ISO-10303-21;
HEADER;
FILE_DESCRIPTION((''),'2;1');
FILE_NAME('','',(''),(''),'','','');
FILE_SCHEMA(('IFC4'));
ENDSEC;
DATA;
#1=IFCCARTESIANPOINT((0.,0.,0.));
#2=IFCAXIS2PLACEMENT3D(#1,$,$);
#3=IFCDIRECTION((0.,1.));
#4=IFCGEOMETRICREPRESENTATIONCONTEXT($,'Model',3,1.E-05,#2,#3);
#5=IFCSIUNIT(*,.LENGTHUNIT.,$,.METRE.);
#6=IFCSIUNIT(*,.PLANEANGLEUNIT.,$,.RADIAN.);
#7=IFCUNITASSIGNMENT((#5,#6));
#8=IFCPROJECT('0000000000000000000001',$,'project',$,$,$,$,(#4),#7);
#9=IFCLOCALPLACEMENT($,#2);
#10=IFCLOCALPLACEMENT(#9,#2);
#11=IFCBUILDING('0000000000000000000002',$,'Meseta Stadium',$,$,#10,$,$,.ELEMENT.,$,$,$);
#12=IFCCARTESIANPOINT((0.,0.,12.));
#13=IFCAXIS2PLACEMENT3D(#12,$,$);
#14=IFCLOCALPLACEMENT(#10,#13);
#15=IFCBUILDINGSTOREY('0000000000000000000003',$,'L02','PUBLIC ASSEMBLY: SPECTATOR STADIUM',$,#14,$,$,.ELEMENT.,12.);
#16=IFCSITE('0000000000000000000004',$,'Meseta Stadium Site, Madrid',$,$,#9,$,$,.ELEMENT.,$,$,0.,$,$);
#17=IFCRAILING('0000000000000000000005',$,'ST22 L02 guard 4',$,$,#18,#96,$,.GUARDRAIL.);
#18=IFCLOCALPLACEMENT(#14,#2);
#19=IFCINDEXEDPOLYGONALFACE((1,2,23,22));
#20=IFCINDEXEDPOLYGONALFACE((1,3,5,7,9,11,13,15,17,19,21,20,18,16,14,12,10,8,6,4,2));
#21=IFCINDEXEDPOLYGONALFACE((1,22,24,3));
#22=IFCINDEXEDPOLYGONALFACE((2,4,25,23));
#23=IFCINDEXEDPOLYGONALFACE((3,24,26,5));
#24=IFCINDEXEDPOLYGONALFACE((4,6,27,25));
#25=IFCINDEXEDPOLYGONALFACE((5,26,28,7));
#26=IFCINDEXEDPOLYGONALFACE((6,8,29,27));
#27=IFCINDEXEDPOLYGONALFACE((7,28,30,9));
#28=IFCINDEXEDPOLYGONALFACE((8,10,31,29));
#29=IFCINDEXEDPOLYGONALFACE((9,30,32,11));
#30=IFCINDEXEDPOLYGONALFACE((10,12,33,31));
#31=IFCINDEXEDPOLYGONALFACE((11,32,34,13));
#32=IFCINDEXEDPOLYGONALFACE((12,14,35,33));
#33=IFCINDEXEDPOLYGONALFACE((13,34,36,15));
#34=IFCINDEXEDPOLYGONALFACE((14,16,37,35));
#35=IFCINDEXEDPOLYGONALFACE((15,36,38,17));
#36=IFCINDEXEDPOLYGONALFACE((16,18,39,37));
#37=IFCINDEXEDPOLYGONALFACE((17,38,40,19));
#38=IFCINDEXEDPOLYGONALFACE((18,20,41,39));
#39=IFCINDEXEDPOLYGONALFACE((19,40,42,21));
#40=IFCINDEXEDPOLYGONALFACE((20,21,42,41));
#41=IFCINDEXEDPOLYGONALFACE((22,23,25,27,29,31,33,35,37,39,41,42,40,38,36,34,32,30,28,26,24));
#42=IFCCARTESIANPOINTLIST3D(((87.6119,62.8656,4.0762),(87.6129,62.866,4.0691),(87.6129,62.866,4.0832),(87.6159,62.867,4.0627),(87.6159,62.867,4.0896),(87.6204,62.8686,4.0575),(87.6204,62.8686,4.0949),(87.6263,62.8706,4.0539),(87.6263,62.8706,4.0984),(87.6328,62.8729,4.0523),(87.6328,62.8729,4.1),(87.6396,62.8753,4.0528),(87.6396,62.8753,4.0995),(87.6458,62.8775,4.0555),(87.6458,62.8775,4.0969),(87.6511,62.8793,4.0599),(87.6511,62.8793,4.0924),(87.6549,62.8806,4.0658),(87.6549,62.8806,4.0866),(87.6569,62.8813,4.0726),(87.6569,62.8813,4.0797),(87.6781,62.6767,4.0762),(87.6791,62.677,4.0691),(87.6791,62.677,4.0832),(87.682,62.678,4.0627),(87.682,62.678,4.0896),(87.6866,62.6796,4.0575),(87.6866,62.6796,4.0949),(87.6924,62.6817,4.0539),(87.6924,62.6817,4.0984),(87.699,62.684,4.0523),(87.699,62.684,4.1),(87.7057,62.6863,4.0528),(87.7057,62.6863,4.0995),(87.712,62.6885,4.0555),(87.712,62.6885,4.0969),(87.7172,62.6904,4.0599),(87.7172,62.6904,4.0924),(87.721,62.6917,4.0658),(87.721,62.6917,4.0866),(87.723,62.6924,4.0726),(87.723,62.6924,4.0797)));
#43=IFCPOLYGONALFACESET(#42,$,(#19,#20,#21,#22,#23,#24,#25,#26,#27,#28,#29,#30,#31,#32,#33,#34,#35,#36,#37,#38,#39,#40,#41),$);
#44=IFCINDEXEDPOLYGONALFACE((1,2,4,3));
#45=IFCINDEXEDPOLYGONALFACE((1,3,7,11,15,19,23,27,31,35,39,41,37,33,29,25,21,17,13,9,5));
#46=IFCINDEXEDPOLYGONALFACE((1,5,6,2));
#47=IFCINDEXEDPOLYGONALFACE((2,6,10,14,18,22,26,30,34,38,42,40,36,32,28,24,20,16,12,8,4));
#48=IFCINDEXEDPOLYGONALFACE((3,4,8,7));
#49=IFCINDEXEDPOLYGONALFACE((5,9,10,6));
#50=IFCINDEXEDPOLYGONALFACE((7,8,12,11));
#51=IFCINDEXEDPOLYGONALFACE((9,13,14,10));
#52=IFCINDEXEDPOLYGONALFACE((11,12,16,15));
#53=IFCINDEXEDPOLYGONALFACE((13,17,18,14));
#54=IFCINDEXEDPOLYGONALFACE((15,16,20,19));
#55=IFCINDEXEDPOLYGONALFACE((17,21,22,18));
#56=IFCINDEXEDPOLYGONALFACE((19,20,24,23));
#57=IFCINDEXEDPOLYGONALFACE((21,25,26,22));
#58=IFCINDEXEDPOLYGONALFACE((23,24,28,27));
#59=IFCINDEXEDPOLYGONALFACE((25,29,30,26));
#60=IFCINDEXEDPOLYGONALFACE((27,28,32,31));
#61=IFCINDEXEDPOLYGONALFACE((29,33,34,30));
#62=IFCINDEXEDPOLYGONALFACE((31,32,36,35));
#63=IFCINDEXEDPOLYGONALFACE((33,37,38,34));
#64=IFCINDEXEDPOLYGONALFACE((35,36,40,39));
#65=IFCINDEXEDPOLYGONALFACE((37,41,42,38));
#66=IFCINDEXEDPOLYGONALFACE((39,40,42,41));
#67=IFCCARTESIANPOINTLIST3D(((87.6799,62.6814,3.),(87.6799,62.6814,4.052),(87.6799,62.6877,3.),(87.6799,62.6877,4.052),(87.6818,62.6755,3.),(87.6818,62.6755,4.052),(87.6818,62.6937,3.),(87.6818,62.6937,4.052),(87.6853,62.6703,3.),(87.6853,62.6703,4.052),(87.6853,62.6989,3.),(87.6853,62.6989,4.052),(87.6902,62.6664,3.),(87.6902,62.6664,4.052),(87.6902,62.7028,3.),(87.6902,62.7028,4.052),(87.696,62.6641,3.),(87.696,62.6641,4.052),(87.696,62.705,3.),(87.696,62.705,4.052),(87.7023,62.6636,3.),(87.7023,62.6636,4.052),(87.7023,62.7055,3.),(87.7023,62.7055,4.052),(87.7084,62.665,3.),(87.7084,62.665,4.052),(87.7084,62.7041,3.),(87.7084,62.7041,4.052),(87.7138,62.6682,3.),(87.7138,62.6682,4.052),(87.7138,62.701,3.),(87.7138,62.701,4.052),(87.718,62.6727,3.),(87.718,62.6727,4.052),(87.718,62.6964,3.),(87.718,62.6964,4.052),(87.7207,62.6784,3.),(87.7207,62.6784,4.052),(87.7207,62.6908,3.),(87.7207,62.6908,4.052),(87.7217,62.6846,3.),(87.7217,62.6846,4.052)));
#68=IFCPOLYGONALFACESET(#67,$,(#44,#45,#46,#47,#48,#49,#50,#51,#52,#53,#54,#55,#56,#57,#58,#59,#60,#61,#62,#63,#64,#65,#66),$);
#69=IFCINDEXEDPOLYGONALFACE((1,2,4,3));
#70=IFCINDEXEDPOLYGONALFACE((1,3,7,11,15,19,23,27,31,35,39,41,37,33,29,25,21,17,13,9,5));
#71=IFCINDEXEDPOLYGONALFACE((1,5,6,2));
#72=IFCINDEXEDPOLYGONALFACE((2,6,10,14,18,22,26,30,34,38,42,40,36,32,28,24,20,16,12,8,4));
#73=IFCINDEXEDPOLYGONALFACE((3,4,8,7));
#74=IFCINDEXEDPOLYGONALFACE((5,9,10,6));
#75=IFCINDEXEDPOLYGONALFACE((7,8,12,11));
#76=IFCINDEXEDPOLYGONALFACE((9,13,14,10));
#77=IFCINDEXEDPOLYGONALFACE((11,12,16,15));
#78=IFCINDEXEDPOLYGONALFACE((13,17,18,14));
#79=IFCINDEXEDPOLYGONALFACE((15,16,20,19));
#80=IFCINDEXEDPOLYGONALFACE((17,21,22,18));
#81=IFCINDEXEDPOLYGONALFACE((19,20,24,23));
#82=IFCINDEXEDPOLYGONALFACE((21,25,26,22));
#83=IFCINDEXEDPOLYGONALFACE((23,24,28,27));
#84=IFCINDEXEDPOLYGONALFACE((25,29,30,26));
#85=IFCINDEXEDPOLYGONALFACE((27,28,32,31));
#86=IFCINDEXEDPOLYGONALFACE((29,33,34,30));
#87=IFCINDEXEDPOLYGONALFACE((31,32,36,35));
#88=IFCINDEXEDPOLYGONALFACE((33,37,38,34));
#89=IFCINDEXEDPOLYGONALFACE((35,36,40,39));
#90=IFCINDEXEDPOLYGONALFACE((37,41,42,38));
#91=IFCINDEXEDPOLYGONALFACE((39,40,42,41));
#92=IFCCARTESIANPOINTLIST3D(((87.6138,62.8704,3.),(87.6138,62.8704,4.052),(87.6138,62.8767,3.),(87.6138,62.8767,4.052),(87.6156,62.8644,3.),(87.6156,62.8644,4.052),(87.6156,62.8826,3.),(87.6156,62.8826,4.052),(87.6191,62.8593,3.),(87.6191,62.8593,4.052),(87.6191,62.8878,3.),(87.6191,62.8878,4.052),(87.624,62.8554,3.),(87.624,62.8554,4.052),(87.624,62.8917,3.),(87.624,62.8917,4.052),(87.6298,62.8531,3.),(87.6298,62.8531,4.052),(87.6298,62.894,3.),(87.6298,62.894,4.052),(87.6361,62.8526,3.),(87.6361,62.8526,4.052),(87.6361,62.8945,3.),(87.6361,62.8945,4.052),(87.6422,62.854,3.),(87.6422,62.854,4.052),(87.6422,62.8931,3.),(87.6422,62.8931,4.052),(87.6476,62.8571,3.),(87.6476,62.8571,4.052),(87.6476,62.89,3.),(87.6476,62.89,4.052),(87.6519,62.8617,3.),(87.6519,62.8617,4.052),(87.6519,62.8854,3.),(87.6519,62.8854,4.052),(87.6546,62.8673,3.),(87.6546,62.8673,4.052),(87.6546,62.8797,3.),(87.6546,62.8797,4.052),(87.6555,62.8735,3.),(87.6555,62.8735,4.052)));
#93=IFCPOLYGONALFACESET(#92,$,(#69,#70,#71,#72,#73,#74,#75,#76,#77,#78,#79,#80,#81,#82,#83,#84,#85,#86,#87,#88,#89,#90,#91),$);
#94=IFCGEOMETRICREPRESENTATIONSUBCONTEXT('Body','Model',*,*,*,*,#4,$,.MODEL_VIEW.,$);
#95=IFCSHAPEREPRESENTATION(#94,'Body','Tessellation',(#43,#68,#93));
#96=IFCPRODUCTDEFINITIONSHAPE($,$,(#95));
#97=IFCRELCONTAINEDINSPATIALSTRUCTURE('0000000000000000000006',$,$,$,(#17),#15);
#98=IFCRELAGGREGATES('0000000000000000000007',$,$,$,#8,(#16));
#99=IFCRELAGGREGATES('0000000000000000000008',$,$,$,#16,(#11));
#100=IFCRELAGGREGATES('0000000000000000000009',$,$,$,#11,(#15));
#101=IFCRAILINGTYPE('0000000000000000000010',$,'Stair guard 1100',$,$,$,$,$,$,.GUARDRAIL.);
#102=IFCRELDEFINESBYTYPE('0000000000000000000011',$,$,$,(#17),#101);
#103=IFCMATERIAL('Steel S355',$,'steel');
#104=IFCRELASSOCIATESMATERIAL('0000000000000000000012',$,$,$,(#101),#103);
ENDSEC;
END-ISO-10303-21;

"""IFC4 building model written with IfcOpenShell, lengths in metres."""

from ifc_helpers import new_model, si_unit, direction, frame, origin, origin_2d, place, context, subcontext, project, spatial, circle, extrude, material, type_object, element, save


model = new_model("IFC4")

# Units and contexts
model_context = context("Model", 3, precision=1e-05, world=origin(), true_north=direction((0.0, 1.0)))
body_context = subcontext(model_context, "Body", "Model", "MODEL_VIEW")
ifc_project = project(units=[si_unit("LENGTHUNIT", "METRE"), si_unit("PLANEANGLEUNIT", "RADIAN")], contexts=[model_context])

# Site, building, storey
site_placement = place(None, origin())
site = spatial("IfcSite", under=ifc_project, at=site_placement, Name="Meseta Stadium Site, Madrid", CompositionType="ELEMENT", RefElevation=0.0)
building_placement = place(site_placement, origin())
building = spatial("IfcBuilding", under=site, at=building_placement, Name="Meseta Stadium", CompositionType="ELEMENT")
storey_placement = place(building_placement, frame((0.0, 0.0, 12.0)))
storey = spatial("IfcBuildingStorey", under=building, at=storey_placement, Name="L02", Description="PUBLIC ASSEMBLY: SPECTATOR STADIUM", CompositionType="ELEMENT", Elevation=12.0)

# Railing
ifc_material_1 = material(Name="Steel S355", Category="steel")
railing_type_1 = type_object("IfcRailingType", Name="Stair guard 1100", PredefinedType="GUARDRAIL", material=ifc_material_1)
railing_1_placement = place(storey_placement, frame((87.7007, 62.6846, 3.0)))
element("IfcRailing", 1, at=railing_1_placement, inside=storey, type_object=railing_type_1, Name="ST22 L02 guard 4", PredefinedType="GUARDRAIL", context=body_context, shape_type="SweptSolid", body=[
    extrude(circle(Radius=0.0239, at=origin_2d()), frame((0.0, 0.0, 1.0762), z_axis=(-0.330459, 0.94382, 0.0), x_axis=(-0.94382, -0.330459, 0.0)), (0.0, 0.0, 1.0), 0.2002),
    extrude(circle(Radius=0.021, at=origin_2d()), origin(), (0.0, 0.0, 1.0), 1.052),
    extrude(circle(Radius=0.021, at=origin_2d()), frame((-0.0662, 0.189, 0.0)), (0.0, 0.0, 1.0), 1.052),
])

save(model, "model.ifc")
